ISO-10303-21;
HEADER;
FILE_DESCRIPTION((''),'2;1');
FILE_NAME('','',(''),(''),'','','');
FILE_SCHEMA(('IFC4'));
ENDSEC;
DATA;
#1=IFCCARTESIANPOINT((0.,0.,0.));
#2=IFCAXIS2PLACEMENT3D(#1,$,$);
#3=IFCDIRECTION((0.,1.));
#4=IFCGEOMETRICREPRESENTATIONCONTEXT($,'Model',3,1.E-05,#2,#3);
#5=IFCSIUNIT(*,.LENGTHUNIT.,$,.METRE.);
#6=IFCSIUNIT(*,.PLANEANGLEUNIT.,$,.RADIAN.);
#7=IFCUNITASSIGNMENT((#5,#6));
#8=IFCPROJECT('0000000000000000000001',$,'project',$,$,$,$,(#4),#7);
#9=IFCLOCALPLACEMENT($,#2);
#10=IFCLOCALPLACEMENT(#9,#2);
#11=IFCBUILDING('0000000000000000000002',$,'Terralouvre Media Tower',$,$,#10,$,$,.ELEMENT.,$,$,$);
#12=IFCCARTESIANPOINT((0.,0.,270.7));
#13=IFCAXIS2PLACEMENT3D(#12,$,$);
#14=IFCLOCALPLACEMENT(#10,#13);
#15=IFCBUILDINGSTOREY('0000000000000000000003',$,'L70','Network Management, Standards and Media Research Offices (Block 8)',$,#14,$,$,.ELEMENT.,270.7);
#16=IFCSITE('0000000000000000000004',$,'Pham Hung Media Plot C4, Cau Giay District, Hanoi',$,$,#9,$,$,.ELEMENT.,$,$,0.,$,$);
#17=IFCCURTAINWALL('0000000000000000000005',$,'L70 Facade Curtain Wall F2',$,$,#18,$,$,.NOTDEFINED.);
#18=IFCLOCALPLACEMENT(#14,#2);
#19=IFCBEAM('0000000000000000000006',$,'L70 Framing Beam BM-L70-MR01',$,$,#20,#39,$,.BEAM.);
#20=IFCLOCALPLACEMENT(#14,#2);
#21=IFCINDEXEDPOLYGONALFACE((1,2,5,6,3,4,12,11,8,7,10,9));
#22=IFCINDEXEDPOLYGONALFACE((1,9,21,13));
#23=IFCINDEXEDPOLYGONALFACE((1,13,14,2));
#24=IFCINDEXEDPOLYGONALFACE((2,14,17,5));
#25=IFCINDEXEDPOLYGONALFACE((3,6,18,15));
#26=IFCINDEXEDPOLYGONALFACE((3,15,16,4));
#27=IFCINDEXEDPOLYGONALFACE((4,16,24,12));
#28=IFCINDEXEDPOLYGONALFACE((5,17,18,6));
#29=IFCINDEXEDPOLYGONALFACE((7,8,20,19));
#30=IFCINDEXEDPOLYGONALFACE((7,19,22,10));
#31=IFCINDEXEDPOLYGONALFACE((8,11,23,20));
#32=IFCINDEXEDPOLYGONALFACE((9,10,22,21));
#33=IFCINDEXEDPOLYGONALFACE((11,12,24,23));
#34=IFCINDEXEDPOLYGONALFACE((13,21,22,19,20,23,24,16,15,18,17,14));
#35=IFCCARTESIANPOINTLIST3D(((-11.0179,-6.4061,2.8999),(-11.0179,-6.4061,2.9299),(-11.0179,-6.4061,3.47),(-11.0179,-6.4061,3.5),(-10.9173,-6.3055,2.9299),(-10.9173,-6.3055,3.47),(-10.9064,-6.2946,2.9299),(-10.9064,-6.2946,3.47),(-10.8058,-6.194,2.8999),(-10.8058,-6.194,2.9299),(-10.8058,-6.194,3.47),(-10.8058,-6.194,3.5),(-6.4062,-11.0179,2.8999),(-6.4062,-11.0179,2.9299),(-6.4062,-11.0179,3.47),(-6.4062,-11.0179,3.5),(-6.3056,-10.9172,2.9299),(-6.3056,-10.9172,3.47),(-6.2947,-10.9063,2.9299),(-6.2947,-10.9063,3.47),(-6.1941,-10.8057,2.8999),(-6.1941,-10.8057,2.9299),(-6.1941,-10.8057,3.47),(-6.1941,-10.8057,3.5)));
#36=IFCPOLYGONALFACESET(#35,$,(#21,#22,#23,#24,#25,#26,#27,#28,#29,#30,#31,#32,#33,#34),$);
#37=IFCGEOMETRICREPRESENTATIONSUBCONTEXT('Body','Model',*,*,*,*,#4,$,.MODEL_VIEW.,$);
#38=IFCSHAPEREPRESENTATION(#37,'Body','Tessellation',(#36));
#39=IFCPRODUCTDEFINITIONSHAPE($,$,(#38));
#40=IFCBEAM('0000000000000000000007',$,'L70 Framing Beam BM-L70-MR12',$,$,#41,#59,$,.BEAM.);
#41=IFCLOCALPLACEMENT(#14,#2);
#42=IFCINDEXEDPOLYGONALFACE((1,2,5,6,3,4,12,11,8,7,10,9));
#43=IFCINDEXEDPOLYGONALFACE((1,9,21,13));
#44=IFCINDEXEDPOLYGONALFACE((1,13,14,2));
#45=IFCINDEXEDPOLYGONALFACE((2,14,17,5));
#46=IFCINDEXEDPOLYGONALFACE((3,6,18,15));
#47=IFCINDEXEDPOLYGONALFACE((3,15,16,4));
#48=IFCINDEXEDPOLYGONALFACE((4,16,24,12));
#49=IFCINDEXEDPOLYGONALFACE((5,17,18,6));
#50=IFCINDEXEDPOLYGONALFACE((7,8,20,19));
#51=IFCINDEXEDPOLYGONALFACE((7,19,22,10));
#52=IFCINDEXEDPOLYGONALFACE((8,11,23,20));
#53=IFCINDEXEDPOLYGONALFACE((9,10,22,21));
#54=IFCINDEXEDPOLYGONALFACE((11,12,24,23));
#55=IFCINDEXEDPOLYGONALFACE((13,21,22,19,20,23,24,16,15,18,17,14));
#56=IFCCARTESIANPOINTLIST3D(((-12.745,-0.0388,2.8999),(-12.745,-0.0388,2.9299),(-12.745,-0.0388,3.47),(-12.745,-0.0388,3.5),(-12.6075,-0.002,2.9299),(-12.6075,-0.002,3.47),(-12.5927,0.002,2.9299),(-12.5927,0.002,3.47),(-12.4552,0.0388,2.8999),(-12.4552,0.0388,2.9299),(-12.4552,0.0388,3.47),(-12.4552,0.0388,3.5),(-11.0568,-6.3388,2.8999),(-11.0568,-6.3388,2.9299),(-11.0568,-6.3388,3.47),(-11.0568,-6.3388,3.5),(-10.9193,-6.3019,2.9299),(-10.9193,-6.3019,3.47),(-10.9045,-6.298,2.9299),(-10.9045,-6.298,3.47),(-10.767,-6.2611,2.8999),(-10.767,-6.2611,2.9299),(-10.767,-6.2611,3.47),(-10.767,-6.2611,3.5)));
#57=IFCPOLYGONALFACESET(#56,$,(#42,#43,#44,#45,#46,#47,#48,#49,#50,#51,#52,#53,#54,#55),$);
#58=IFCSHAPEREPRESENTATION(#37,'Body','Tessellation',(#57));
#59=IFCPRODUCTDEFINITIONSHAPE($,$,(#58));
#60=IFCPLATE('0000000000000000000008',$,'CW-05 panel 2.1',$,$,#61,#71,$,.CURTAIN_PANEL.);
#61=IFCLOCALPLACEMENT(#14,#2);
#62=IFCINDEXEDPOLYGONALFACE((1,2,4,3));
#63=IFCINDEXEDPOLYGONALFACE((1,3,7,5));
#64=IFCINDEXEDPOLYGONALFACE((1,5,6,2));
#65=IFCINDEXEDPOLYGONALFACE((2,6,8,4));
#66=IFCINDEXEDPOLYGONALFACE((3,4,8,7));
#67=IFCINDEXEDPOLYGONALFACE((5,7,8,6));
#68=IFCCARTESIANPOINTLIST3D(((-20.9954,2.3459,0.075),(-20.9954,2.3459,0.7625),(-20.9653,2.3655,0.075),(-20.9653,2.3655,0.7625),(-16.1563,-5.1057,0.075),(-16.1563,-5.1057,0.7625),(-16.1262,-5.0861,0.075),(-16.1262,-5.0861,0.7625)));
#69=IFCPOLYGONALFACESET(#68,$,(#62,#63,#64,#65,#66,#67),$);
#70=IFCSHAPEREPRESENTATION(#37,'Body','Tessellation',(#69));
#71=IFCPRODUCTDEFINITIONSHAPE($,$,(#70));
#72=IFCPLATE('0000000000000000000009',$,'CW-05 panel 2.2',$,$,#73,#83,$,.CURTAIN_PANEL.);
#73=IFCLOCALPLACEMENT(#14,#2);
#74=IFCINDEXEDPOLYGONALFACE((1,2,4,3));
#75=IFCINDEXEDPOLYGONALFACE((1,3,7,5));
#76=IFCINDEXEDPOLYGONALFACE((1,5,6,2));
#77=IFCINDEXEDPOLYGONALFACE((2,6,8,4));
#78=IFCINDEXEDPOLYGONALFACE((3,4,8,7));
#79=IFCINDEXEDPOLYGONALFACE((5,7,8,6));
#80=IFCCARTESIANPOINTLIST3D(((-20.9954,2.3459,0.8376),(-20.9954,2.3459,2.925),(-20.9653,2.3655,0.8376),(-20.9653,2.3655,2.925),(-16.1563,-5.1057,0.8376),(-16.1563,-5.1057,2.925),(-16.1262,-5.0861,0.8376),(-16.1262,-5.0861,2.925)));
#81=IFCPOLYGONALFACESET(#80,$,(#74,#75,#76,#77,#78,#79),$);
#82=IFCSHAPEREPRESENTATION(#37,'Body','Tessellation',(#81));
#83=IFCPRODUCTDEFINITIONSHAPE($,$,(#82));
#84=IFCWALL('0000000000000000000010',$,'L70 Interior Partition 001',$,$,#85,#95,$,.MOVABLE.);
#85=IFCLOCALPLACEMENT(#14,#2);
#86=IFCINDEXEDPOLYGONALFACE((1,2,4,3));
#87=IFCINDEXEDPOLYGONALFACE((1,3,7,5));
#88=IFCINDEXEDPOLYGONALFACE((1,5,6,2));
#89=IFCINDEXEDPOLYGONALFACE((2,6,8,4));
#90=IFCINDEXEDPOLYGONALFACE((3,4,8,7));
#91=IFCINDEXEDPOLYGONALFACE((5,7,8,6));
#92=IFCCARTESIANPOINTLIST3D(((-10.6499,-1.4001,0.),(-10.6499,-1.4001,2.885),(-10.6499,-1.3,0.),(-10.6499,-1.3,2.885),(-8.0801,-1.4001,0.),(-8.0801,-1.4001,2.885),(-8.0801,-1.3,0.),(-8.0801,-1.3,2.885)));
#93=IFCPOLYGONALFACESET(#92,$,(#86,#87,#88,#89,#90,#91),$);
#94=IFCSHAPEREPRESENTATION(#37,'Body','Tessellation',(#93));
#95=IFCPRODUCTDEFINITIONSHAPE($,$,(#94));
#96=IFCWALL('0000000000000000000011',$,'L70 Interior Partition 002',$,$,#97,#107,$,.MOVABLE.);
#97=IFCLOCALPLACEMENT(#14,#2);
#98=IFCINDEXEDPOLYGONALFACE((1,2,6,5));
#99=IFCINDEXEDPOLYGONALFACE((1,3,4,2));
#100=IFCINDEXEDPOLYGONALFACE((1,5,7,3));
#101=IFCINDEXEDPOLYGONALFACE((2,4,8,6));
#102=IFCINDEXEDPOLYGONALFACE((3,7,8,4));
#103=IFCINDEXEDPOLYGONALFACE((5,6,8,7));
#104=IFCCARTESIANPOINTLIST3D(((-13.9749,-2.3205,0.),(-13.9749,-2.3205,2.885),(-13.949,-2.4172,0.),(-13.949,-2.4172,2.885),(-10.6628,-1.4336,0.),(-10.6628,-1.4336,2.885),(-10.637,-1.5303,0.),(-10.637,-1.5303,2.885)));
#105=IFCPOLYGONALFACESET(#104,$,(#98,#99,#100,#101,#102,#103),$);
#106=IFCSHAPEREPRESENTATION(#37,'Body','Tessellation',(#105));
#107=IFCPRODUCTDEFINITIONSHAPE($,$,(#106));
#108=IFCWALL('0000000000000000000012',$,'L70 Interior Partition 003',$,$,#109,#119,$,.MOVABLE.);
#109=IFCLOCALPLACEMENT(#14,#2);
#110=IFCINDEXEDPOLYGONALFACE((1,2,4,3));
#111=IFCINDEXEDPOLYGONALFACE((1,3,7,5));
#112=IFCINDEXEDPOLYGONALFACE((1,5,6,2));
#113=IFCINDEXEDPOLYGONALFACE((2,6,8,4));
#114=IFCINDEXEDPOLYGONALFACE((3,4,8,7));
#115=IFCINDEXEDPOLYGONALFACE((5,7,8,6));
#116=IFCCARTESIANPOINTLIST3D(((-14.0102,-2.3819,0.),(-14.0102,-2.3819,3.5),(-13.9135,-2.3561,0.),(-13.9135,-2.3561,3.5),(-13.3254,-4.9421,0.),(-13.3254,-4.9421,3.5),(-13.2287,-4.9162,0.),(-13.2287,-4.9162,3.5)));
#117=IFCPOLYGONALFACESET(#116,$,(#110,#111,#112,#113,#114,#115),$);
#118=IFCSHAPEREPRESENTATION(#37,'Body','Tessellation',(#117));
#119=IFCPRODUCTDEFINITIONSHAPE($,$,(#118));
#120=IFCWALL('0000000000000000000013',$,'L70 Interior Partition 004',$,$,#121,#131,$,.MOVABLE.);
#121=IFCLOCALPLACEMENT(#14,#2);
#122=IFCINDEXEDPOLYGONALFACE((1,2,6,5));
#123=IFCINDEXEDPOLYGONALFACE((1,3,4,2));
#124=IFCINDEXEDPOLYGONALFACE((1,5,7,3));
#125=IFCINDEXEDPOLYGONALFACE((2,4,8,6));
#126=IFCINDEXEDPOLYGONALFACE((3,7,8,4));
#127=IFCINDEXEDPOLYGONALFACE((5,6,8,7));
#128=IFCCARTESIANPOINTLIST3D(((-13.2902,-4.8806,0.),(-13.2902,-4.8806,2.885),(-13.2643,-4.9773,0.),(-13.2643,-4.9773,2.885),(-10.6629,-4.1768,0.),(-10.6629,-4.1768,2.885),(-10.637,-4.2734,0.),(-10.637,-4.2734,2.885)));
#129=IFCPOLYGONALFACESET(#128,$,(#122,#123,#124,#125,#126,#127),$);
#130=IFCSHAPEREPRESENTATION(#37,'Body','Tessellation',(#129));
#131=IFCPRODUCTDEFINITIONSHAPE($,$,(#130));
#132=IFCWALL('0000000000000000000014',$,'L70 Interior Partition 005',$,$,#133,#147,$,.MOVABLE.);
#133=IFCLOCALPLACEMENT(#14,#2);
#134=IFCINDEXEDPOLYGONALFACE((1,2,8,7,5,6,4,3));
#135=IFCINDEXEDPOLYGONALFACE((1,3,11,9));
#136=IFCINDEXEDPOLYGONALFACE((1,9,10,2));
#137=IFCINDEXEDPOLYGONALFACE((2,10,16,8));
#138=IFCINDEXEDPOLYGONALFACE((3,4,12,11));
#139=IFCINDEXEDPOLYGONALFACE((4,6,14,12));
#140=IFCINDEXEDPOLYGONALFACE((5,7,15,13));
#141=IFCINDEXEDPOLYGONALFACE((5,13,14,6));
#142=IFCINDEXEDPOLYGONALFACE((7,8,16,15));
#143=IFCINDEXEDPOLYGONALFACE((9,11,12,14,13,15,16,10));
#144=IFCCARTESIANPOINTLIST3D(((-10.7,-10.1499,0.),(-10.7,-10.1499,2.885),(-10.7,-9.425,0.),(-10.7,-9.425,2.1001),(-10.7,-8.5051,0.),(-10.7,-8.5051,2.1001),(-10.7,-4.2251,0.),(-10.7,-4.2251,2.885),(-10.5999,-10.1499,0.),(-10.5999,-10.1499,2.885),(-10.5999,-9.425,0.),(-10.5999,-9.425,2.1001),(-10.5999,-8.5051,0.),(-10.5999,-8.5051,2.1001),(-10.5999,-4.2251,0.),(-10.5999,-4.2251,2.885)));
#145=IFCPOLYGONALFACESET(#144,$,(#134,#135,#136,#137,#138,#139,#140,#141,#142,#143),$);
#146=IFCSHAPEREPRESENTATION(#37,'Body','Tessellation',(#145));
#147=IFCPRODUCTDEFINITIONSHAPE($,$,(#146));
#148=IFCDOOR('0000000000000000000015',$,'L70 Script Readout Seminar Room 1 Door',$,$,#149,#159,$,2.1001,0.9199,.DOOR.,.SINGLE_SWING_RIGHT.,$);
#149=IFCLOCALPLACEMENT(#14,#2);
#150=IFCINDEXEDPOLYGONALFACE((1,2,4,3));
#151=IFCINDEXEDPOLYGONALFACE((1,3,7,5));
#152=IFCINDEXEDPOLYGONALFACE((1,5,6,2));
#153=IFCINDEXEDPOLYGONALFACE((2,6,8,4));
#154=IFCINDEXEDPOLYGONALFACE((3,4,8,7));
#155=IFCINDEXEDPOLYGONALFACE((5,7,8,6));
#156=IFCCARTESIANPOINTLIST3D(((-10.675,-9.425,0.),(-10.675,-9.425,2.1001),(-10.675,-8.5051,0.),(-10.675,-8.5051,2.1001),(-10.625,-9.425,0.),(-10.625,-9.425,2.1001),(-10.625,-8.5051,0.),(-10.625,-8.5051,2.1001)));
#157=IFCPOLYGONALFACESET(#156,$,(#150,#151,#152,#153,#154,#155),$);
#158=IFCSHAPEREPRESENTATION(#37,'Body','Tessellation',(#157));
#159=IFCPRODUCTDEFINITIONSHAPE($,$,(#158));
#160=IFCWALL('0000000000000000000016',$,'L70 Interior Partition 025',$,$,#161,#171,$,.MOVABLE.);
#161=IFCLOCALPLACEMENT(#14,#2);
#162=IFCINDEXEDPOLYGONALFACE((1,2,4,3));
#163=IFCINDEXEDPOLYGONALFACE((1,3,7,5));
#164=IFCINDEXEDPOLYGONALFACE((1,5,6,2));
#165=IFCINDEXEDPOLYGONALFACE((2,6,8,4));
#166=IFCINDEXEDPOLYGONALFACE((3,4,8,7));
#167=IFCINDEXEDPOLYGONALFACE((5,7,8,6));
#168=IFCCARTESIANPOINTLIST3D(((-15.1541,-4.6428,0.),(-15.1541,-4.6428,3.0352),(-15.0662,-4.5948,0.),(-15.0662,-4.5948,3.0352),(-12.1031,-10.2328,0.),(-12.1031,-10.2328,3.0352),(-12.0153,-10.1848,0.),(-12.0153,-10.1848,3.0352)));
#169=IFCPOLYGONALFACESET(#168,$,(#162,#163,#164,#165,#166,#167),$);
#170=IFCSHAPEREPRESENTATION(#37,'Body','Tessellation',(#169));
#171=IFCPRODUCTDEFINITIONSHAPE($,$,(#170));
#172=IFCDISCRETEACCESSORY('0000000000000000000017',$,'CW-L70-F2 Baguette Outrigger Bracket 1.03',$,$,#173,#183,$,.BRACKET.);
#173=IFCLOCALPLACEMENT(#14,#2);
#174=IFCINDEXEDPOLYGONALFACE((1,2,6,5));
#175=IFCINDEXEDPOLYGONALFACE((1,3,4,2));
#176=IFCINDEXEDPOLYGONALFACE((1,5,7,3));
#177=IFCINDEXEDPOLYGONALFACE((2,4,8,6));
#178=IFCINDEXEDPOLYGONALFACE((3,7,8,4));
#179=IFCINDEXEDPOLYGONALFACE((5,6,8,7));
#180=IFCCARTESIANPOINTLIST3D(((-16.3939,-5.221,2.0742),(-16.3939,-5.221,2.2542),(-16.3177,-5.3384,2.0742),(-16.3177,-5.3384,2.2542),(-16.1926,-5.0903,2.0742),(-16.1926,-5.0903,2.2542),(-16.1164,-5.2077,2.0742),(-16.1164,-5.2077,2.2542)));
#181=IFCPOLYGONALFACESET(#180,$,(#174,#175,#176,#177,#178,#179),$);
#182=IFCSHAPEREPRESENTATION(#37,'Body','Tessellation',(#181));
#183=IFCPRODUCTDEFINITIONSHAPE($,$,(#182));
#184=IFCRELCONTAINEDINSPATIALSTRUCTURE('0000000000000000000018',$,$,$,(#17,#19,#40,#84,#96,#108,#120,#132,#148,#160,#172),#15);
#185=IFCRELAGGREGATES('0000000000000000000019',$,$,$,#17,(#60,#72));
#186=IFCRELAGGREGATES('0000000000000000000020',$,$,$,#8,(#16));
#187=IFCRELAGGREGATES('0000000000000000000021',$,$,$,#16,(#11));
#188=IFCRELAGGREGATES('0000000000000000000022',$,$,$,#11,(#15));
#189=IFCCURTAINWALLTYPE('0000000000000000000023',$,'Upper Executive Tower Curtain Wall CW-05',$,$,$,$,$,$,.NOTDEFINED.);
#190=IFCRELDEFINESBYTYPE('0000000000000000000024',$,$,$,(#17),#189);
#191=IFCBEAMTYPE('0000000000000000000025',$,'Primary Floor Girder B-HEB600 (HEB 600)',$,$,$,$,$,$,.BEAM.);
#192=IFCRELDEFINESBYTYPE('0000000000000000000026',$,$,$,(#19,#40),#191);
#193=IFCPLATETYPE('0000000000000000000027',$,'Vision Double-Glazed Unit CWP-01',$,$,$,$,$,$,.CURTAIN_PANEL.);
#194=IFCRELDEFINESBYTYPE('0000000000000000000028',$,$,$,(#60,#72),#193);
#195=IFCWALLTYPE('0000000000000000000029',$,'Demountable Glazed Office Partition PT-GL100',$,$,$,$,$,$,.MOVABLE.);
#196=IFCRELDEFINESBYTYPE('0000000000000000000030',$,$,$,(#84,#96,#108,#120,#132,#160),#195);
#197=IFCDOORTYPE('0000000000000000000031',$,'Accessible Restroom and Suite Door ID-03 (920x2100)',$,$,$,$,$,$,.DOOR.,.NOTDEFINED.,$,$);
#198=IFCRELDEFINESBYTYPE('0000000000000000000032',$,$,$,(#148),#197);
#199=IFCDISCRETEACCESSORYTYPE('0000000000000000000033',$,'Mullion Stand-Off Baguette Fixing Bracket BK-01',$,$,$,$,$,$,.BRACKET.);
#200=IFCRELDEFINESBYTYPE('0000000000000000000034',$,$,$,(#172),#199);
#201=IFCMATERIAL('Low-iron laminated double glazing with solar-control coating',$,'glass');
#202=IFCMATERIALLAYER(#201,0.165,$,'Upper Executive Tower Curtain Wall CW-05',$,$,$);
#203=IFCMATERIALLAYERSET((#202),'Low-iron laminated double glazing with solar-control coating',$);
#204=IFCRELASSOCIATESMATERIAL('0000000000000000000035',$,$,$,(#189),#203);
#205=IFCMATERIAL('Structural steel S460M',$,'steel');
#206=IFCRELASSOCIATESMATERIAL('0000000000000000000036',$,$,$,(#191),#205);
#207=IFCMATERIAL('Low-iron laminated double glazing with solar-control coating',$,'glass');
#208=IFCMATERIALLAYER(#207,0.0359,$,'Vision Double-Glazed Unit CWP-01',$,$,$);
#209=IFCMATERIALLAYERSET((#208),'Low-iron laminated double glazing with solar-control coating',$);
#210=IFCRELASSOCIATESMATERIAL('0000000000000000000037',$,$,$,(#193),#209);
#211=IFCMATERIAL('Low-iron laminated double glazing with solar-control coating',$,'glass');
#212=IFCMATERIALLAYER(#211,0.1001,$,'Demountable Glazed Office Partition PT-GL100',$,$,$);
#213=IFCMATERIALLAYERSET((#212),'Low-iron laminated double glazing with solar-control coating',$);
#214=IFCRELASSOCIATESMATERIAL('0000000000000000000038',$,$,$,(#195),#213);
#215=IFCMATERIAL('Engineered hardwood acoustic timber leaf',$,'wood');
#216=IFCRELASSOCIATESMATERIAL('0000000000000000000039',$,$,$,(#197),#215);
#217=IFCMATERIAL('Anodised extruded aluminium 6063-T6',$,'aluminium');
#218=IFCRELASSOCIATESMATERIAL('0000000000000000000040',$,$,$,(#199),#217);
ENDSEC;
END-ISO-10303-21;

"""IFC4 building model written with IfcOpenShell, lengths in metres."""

from ifc_helpers import new_model, si_unit, direction, frame, frame_2d, origin, origin_2d, place, context, subcontext, project, spatial, rectangle, i_section, extrude, material, layer, layer_set, material_profile, profile_set, type_object, element, fill, aggregate, save


model = new_model("IFC4")

# Units and contexts
model_context = context("Model", 3, precision=1e-05, world=origin(), true_north=direction((0.0, 1.0)))
body_context = subcontext(model_context, "Body", "Model", "MODEL_VIEW")
ifc_project = project(units=[si_unit("LENGTHUNIT", "METRE"), si_unit("PLANEANGLEUNIT", "RADIAN")], contexts=[model_context])

# Site, building, storey
site_placement = place(None, origin())
site = spatial("IfcSite", under=ifc_project, at=site_placement, Name="Pham Hung Media Plot C4, Cau Giay District, Hanoi", CompositionType="ELEMENT", RefElevation=0.0)
building_placement = place(site_placement, origin())
building = spatial("IfcBuilding", under=site, at=building_placement, Name="Terralouvre Media Tower", CompositionType="ELEMENT")
storey_placement = place(building_placement, frame((0.0, 0.0, 270.7)))
storey = spatial("IfcBuildingStorey", under=building, at=storey_placement, Name="L70", Description="Network Management, Standards and Media Research Offices (Block 8)", CompositionType="ELEMENT", Elevation=270.7)

# Curtain wall
ifc_material_1 = material(Name="Low-iron laminated double glazing with solar-control coating", Category="glass")
ifc_layer_1 = layer(ifc_material_1, 0.165, Name="Upper Executive Tower Curtain Wall CW-05")
ifc_layer_set_1 = layer_set([ifc_layer_1], Name="Low-iron laminated double glazing with solar-control coating")
curtain_wall_type = type_object("IfcCurtainWallType", Name="Upper Executive Tower Curtain Wall CW-05", PredefinedType="NOTDEFINED", material=ifc_layer_set_1)
curtain_wall_placement = place(storey_placement, origin())
curtain_wall = element("IfcCurtainWall", 1, at=curtain_wall_placement, inside=storey, type_object=curtain_wall_type, Name="L70 Facade Curtain Wall F2", PredefinedType="NOTDEFINED")

# Beams
ifc_material_2 = material(Name="Structural steel S460M", Category="steel")
ifc_material_profile_1 = material_profile(ifc_material_2, i_section(OverallWidth=0.3, OverallDepth=0.6001, WebThickness=0.0154, FlangeThickness=0.03, at=origin_2d()), Name="HEB 600")
ifc_profile_set_1 = profile_set([ifc_material_profile_1], Name="Structural steel S460M")
beam_type_1 = type_object("IfcBeamType", Name="Primary Floor Girder B-HEB600 (HEB 600)", PredefinedType="BEAM", material=ifc_profile_set_1)
beam_1_placement = place(storey_placement, frame((-10.9119, -6.3, 3.2), z_axis=(0.707107, -0.707107, 0.0), x_axis=(0.707107, 0.707107, 0.0)))
element("IfcBeam", 2, at=beam_1_placement, inside=storey, type_object=beam_type_1, Name="L70 Framing Beam BM-L70-MR01", PredefinedType="BEAM", context=body_context, shape_type="SweptSolid", body=[
    extrude(i_section(OverallWidth=0.3, OverallDepth=0.6001, WebThickness=0.0154, FlangeThickness=0.03, at=origin_2d()), origin(), (0.0, 0.0, 1.0), 6.522),
])
beam_2_placement = place(storey_placement, frame((-12.6001, 0.0, 3.2), z_axis=(0.258839, -0.96592, 0.0), x_axis=(0.96592, 0.258839, 0.0)))
element("IfcBeam", 3, at=beam_2_placement, inside=storey, type_object=beam_type_1, Name="L70 Framing Beam BM-L70-MR12", PredefinedType="BEAM", context=body_context, shape_type="SweptSolid", body=[
    extrude(i_section(OverallWidth=0.3, OverallDepth=0.6001, WebThickness=0.0154, FlangeThickness=0.03, at=origin_2d()), origin(), (0.0, 0.0, 1.0), 6.5222),
])

# Plates
ifc_material_3 = material(Name="Low-iron laminated double glazing with solar-control coating", Category="glass")
ifc_layer_2 = layer(ifc_material_3, 0.0359, Name="Vision Double-Glazed Unit CWP-01")
ifc_layer_set_2 = layer_set([ifc_layer_2], Name="Low-iron laminated double glazing with solar-control coating")
plate_type = type_object("IfcPlateType", Name="Vision Double-Glazed Unit CWP-01", PredefinedType="CURTAIN_PANEL", material=ifc_layer_set_2)
plate_1_placement = place(storey_placement, frame((-18.5608, -1.3701, 0.075), z_axis=(0.0, 0.0, 1.0), x_axis=(0.544639, -0.838671, 0.0)))
plate_1 = element("IfcPlate", 4, at=plate_1_placement, type_object=plate_type, Name="CW-05 panel 2.1", PredefinedType="CURTAIN_PANEL", context=body_context, shape_type="SweptSolid", body=[
    extrude(rectangle(XDim=8.885, YDim=0.0359, at=origin_2d()), origin(), (0.0, 0.0, 1.0), 0.6875),
])
plate_2_placement = place(storey_placement, frame((-18.5608, -1.3701, 0.8376), z_axis=(0.0, 0.0, 1.0), x_axis=(0.544639, -0.838671, 0.0)))
plate_2 = element("IfcPlate", 5, at=plate_2_placement, type_object=plate_type, Name="CW-05 panel 2.2", PredefinedType="CURTAIN_PANEL", context=body_context, shape_type="SweptSolid", body=[
    extrude(rectangle(XDim=8.885, YDim=0.0359, at=origin_2d()), origin(), (0.0, 0.0, 1.0), 2.0874),
])
aggregate(curtain_wall, [plate_1, plate_2])

# Walls
ifc_material_4 = material(Name="Low-iron laminated double glazing with solar-control coating", Category="glass")
ifc_layer_3 = layer(ifc_material_4, 0.1001, Name="Demountable Glazed Office Partition PT-GL100")
ifc_layer_set_3 = layer_set([ifc_layer_3], Name="Low-iron laminated double glazing with solar-control coating")
wall_type = type_object("IfcWallType", Name="Demountable Glazed Office Partition PT-GL100", PredefinedType="MOVABLE", material=ifc_layer_set_3)
wall_1_placement = place(storey_placement, frame((-8.0801, -1.3501, 0.0), z_axis=(0.0, 0.0, 1.0), x_axis=(-1.0, 0.0, 0.0)))
element("IfcWall", 6, at=wall_1_placement, inside=storey, type_object=wall_type, Name="L70 Interior Partition 001", PredefinedType="MOVABLE", context=body_context, shape_type="SweptSolid", body=[
    extrude(rectangle(XDim=2.5698, YDim=0.1001, at=frame_2d((1.2849, 0.0))), origin(), (0.0, 0.0, 1.0), 2.885),
])
wall_2_placement = place(storey_placement, frame((-10.6499, -1.4819, 0.0), z_axis=(0.0, 0.0, 1.0), x_axis=(-0.965961, -0.258686, 0.0)))
element("IfcWall", 7, at=wall_2_placement, inside=storey, type_object=wall_type, Name="L70 Interior Partition 002", PredefinedType="MOVABLE", context=body_context, shape_type="SweptSolid", body=[
    extrude(rectangle(XDim=3.4287, YDim=0.1001, at=frame_2d((1.7144, 0.0))), origin(), (0.0, 0.0, 1.0), 2.885),
])
wall_3_placement = place(storey_placement, frame((-13.9619, -2.3689, 0.0), z_axis=(0.0, 0.0, 1.0), x_axis=(0.258414, -0.966034, 0.0)))
element("IfcWall", 8, at=wall_3_placement, inside=storey, type_object=wall_type, Name="L70 Interior Partition 003", PredefinedType="MOVABLE", context=body_context, shape_type="SweptSolid", body=[
    extrude(rectangle(XDim=2.6501, YDim=0.1001, at=frame_2d((1.3252, 0.0))), origin(), (0.0, 0.0, 1.0), 3.5),
])
wall_4_placement = place(storey_placement, frame((-13.2771, -4.929, 0.0), z_axis=(0.0, 0.0, 1.0), x_axis=(0.965935, 0.258785, 0.0)))
element("IfcWall", 9, at=wall_4_placement, inside=storey, type_object=wall_type, Name="L70 Interior Partition 004", PredefinedType="MOVABLE", context=body_context, shape_type="SweptSolid", body=[
    extrude(rectangle(XDim=2.72, YDim=0.1001, at=frame_2d((1.3599, 0.0))), origin(), (0.0, 0.0, 1.0), 2.885),
])

# Wall, opening, door
wall_5_placement = place(storey_placement, frame((-10.6499, -4.2251, 0.0), z_axis=(0.0, 0.0, 1.0), x_axis=(0.0, -1.0, 0.0)))
wall_5 = element("IfcWall", 10, at=wall_5_placement, inside=storey, type_object=wall_type, Name="L70 Interior Partition 005", PredefinedType="MOVABLE", context=body_context, shape_type="SweptSolid", body=[
    extrude(rectangle(XDim=5.9248, YDim=0.1001, at=frame_2d((2.9624, 0.0))), origin(), (0.0, 0.0, 1.0), 2.885),
])
opening_placement = place(wall_5_placement, frame((4.28, 0.0, 0.0)))
opening = element("IfcOpeningElement", 11, at=opening_placement, cuts=wall_5, PredefinedType="OPENING", context=body_context, shape_type="SweptSolid", body=[
    extrude(rectangle(XDim=0.9199, YDim=2.1001, at=frame_2d((0.46, 1.05))), frame((0.0, 0.0601, 0.0), z_axis=(0.0, -1.0, 0.0), x_axis=(1.0, 0.0, 0.0)), (0.0, 0.0, 1.0), 0.1201),
])
ifc_material_5 = material(Name="Engineered hardwood acoustic timber leaf", Category="wood")
door_type = type_object("IfcDoorType", Name="Accessible Restroom and Suite Door ID-03 (920x2100)", OperationType="NOTDEFINED", PredefinedType="DOOR", material=ifc_material_5)
door_placement = place(opening_placement, origin())
door = element("IfcDoor", 12, at=door_placement, inside=storey, type_object=door_type, Name="L70 Script Readout Seminar Room 1 Door", OperationType="SINGLE_SWING_RIGHT", OverallHeight=2.1001, OverallWidth=0.9199, PredefinedType="DOOR", context=body_context, shape_type="SweptSolid", body=[
    extrude(rectangle(XDim=0.9199, YDim=2.1001, at=frame_2d((0.46, 1.05))), frame((0.0, 0.0249, 0.0), z_axis=(0.0, -1.0, 0.0), x_axis=(1.0, 0.0, 0.0)), (0.0, 0.0, 1.0), 0.05),
])
fill(opening, door)

# Wall
wall_6_placement = place(storey_placement, frame((-15.1101, -4.6189, 0.0), z_axis=(0.0, 0.0, 1.0), x_axis=(0.47908, -0.877771, 0.0)))
element("IfcWall", 13, at=wall_6_placement, inside=storey, type_object=wall_type, Name="L70 Interior Partition 025", PredefinedType="MOVABLE", context=body_context, shape_type="SweptSolid", body=[
    extrude(rectangle(XDim=6.3684, YDim=0.1001, at=frame_2d((3.1841, 0.0))), origin(), (0.0, 0.0, 1.0), 3.0352),
])

# Discrete accessory
ifc_material_6 = material(Name="Anodised extruded aluminium 6063-T6", Category="aluminium")
discrete_accessory_type = type_object("IfcDiscreteAccessoryType", Name="Mullion Stand-Off Baguette Fixing Bracket BK-01", PredefinedType="BRACKET", material=ifc_material_6)
discrete_accessory_placement = place(storey_placement, frame((-16.2551, -5.2144, 2.0742), z_axis=(0.0, 0.0, 1.0), x_axis=(0.544639, -0.838671, 0.0)))
element("IfcDiscreteAccessory", 14, at=discrete_accessory_placement, inside=storey, type_object=discrete_accessory_type, Name="CW-L70-F2 Baguette Outrigger Bracket 1.03", PredefinedType="BRACKET", context=body_context, shape_type="SweptSolid", body=[
    extrude(rectangle(XDim=0.1399, YDim=0.24, at=origin_2d()), origin(), (0.0, 0.0, 1.0), 0.1799),
])

save(model, "model.ifc")
